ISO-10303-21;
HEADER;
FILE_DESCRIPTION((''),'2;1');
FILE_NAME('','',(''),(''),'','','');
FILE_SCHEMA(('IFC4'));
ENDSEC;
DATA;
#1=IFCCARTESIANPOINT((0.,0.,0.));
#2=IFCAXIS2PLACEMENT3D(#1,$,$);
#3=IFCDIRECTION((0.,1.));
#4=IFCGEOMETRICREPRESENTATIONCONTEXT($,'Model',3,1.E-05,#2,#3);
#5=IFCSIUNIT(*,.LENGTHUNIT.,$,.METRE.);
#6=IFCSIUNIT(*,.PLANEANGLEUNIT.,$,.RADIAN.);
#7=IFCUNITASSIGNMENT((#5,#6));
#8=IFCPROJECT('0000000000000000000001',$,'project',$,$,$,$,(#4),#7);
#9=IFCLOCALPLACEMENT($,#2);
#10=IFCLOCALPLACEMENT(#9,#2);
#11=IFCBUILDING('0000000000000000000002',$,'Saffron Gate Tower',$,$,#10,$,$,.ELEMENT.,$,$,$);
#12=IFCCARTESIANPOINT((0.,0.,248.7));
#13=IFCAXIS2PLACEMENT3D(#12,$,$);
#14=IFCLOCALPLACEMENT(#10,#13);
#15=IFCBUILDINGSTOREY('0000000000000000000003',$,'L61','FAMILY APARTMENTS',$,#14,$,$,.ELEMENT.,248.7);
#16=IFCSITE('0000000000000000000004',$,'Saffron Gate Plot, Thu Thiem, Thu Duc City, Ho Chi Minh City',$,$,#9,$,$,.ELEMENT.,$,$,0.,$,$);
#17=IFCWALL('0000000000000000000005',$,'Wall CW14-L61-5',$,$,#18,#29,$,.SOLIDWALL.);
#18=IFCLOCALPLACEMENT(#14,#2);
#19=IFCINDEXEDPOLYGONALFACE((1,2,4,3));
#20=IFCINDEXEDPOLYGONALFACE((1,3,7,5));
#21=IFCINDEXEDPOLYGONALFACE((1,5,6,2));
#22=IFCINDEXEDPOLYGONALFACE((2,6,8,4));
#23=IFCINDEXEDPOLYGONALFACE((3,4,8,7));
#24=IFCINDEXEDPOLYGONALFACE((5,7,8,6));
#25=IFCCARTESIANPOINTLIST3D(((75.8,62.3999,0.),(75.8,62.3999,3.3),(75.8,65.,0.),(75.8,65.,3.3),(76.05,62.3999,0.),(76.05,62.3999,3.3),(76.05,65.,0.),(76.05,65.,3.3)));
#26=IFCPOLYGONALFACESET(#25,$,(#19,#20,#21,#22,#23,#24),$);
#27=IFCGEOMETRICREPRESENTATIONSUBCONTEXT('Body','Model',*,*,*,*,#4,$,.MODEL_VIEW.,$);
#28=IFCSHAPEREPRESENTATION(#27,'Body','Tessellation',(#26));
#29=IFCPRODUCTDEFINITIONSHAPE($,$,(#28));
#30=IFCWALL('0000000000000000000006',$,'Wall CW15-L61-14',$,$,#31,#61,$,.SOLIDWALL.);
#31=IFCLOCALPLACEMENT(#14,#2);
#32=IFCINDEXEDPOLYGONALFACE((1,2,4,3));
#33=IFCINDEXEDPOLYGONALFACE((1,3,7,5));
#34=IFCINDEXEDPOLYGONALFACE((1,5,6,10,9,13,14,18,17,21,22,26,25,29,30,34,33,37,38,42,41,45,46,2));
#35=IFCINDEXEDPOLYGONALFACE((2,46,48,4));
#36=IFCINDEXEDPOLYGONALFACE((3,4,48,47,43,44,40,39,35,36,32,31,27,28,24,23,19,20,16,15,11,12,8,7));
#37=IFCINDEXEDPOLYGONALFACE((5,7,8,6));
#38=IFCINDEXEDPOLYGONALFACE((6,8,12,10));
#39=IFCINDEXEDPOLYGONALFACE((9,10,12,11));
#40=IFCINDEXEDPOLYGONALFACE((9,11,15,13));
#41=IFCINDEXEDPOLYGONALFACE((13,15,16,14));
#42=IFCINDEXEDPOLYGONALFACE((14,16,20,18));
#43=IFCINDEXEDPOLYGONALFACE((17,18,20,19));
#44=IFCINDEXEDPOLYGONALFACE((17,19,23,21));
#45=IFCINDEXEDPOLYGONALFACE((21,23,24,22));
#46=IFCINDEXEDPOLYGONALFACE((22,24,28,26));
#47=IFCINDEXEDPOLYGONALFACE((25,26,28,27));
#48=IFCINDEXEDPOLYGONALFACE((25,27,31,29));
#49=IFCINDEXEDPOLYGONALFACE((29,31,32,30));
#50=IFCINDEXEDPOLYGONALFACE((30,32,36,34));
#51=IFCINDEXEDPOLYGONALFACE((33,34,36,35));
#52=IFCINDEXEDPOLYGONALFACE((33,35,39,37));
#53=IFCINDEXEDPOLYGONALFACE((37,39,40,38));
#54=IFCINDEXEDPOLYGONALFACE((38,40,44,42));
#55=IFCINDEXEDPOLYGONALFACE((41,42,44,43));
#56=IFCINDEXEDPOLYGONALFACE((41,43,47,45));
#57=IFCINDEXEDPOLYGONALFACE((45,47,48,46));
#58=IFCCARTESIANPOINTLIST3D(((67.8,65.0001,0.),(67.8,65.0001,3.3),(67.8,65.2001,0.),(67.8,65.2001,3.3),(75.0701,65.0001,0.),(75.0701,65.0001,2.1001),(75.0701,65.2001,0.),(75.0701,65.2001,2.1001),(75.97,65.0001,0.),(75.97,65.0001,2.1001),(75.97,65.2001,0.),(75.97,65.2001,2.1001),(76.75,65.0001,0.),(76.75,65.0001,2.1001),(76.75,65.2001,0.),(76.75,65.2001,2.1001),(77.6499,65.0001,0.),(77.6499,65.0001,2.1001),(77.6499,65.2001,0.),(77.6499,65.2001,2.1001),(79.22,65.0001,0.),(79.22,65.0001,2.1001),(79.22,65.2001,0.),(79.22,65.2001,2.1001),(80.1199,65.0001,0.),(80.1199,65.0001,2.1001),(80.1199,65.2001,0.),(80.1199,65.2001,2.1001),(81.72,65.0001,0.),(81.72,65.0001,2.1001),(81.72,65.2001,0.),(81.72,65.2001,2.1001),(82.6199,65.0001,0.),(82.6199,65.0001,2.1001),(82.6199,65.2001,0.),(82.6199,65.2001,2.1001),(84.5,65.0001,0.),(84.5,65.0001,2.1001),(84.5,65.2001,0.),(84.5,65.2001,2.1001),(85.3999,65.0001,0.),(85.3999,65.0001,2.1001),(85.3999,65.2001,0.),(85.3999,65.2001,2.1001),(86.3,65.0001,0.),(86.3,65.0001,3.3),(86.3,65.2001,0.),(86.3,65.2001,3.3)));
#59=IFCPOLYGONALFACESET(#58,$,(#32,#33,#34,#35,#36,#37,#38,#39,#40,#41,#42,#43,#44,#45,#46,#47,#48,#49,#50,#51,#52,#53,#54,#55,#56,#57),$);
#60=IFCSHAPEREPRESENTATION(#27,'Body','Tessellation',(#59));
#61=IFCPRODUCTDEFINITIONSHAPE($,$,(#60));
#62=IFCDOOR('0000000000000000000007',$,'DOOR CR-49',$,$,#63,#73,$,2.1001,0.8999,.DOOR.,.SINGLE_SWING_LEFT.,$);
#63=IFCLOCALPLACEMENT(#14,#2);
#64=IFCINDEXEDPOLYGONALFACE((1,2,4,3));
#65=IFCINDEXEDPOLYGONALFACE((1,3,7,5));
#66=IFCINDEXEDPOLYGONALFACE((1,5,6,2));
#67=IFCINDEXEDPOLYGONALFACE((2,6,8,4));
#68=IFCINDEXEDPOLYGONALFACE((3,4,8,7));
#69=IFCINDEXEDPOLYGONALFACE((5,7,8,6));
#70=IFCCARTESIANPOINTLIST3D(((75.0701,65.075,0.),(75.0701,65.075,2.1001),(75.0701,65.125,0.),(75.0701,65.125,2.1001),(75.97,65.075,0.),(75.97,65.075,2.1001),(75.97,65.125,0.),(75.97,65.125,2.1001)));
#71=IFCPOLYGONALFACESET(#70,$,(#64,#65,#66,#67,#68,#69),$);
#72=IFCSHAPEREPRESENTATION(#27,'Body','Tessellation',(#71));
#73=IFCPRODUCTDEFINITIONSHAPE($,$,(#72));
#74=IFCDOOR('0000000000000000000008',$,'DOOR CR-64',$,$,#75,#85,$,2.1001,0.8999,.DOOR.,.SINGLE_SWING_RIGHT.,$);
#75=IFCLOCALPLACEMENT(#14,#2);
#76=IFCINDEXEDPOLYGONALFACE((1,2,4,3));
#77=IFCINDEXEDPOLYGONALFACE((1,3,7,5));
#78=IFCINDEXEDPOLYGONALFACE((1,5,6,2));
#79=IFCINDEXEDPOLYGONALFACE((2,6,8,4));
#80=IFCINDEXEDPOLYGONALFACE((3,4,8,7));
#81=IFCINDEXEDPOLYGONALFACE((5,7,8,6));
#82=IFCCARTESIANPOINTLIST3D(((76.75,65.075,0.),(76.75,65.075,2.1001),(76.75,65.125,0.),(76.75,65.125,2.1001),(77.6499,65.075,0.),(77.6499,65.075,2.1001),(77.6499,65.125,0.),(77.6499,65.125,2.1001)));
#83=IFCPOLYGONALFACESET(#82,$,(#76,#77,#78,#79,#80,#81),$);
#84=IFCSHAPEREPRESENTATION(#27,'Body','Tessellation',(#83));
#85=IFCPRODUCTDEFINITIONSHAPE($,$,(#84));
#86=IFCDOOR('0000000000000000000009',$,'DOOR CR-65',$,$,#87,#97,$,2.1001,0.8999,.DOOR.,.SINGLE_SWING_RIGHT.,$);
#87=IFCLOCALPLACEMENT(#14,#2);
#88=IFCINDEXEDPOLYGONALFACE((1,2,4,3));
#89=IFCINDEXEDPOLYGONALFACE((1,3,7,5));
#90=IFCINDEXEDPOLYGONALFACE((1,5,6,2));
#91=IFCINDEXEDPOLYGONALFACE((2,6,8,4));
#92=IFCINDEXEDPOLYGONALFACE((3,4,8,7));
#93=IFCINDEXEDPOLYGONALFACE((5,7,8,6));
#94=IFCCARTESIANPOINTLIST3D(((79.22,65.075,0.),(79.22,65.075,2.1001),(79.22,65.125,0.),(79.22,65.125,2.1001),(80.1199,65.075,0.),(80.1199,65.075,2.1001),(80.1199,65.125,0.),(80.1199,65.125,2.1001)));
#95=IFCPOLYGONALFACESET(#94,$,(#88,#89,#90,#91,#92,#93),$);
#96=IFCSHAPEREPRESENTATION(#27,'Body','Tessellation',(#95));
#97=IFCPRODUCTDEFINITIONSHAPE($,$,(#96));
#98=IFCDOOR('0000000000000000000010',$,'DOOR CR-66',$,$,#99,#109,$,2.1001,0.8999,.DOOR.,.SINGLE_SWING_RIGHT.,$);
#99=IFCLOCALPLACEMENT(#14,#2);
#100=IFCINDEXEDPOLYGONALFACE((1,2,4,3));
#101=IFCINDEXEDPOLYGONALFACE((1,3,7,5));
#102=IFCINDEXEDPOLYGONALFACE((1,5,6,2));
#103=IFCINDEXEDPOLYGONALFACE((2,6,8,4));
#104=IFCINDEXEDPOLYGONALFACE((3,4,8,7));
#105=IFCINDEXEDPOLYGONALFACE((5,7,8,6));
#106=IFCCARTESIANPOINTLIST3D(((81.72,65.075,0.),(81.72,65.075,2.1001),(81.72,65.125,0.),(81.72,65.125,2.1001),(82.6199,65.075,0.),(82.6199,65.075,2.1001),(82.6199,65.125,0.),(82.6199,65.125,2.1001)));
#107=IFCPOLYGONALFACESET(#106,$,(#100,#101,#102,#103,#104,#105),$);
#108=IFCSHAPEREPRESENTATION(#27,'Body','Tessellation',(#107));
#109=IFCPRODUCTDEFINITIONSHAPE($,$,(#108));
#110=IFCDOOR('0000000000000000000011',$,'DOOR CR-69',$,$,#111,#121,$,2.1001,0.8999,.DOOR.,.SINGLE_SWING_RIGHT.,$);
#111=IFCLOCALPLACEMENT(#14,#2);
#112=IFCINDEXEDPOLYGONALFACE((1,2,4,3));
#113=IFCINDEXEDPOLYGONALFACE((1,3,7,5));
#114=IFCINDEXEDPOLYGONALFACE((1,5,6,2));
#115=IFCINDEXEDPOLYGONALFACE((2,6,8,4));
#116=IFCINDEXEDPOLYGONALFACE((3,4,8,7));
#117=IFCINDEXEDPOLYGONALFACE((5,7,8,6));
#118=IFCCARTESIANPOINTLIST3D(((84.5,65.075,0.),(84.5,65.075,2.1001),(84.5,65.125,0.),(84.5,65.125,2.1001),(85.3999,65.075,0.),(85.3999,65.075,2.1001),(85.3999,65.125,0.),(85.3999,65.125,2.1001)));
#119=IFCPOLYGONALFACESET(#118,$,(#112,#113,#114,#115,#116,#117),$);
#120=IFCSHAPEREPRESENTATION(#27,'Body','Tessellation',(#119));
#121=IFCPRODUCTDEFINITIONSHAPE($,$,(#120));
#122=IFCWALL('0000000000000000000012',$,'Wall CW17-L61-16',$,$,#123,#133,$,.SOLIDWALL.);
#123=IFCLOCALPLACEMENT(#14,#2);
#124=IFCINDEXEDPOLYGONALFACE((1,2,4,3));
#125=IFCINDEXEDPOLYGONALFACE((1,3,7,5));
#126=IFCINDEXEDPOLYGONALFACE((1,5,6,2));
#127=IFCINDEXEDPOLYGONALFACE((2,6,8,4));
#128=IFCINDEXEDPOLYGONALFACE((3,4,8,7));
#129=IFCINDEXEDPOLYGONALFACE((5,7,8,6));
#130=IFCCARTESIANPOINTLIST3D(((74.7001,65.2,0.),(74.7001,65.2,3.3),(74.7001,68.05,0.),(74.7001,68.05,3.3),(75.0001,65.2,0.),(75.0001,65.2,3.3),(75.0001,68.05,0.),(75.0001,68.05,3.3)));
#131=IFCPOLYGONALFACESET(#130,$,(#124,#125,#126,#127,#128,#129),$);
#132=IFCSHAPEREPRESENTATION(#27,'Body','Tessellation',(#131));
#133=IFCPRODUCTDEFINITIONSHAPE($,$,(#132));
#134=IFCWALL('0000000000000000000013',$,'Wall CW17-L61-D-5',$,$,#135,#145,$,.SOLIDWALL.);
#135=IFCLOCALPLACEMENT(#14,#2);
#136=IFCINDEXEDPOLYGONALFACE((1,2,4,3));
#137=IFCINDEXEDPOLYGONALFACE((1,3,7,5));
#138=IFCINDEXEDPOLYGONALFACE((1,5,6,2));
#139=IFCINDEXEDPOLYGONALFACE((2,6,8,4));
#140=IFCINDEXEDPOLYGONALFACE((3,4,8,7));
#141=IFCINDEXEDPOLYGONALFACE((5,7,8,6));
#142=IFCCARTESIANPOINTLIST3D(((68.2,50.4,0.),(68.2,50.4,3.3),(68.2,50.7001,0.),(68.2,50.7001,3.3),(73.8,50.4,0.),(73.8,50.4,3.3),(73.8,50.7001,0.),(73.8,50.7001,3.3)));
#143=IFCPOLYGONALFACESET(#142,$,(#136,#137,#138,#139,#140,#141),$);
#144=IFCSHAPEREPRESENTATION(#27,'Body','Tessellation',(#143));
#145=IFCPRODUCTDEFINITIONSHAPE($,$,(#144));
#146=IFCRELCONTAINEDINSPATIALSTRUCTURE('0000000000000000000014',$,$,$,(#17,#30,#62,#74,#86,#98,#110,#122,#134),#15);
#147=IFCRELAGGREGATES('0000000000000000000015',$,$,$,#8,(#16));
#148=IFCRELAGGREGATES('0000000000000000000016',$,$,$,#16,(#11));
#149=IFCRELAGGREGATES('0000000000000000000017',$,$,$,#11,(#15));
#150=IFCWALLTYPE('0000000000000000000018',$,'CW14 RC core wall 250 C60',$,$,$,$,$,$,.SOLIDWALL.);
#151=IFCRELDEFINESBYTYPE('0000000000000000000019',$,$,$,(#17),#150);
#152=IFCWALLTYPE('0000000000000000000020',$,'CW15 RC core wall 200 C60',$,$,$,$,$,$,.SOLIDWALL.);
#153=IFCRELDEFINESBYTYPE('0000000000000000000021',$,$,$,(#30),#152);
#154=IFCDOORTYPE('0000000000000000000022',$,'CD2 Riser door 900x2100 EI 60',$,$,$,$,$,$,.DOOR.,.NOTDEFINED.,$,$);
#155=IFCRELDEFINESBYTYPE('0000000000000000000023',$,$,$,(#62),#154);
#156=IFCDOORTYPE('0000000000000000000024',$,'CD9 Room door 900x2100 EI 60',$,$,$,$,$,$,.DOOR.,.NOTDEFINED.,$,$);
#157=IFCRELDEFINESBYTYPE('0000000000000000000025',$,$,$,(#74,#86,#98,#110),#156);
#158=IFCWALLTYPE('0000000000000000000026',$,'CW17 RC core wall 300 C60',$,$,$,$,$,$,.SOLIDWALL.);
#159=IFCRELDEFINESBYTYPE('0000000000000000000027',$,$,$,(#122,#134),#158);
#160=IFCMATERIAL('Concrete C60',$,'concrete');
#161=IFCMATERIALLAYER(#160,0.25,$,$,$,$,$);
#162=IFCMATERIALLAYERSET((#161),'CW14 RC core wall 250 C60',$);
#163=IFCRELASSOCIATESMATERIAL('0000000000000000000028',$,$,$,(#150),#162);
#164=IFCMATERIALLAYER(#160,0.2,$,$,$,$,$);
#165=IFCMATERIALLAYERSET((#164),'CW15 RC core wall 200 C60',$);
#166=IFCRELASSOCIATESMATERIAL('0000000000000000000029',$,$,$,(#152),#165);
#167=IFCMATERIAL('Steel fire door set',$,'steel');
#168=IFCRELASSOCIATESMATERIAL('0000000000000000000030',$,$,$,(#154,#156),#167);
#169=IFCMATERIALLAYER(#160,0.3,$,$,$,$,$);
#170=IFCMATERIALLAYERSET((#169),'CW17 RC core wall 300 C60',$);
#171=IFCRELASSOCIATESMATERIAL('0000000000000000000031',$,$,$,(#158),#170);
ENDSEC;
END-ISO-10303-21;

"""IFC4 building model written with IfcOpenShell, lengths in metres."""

from ifc_helpers import new_model, si_unit, direction, frame, frame_2d, origin, place, context, subcontext, project, spatial, rectangle, extrude, material, layer, layer_set, type_object, element, fill, save


model = new_model("IFC4")

# Units and contexts
model_context = context("Model", 3, precision=1e-05, world=origin(), true_north=direction((0.0, 1.0)))
body_context = subcontext(model_context, "Body", "Model", "MODEL_VIEW")
ifc_project = project(units=[si_unit("LENGTHUNIT", "METRE"), si_unit("PLANEANGLEUNIT", "RADIAN")], contexts=[model_context])

# Site, building, storey
site_placement = place(None, origin())
site = spatial("IfcSite", under=ifc_project, at=site_placement, Name="Saffron Gate Plot, Thu Thiem, Thu Duc City, Ho Chi Minh City", CompositionType="ELEMENT", RefElevation=0.0)
building_placement = place(site_placement, origin())
building = spatial("IfcBuilding", under=site, at=building_placement, Name="Saffron Gate Tower", CompositionType="ELEMENT")
storey_placement = place(building_placement, frame((0.0, 0.0, 248.7)))
storey = spatial("IfcBuildingStorey", under=building, at=storey_placement, Name="L61", Description="FAMILY APARTMENTS", CompositionType="ELEMENT", Elevation=248.7)

# Wall
ifc_material_1 = material(Name="Concrete C60", Category="concrete")
ifc_layer_1 = layer(ifc_material_1, 0.25)
ifc_layer_set_1 = layer_set([ifc_layer_1], Name="CW14 RC core wall 250 C60")
wall_type_1 = type_object("IfcWallType", Name="CW14 RC core wall 250 C60", PredefinedType="SOLIDWALL", material=ifc_layer_set_1)
wall_1_placement = place(storey_placement, frame((75.925, 62.3999, 0.0), z_axis=(0.0, 0.0, 1.0), x_axis=(0.0, 1.0, 0.0)))
element("IfcWall", 1, at=wall_1_placement, inside=storey, type_object=wall_type_1, Name="Wall CW14-L61-5", PredefinedType="SOLIDWALL", context=body_context, shape_type="SweptSolid", body=[
    extrude(rectangle(XDim=2.6001, YDim=0.25, at=frame_2d((1.3, 0.0))), origin(), (0.0, 0.0, 1.0), 3.3),
])

# Wall, openings, doors
ifc_layer_2 = layer(ifc_material_1, 0.2)
ifc_layer_set_2 = layer_set([ifc_layer_2], Name="CW15 RC core wall 200 C60")
wall_type_2 = type_object("IfcWallType", Name="CW15 RC core wall 200 C60", PredefinedType="SOLIDWALL", material=ifc_layer_set_2)
wall_2_placement = place(storey_placement, frame((67.8, 65.1001, 0.0), z_axis=(0.0, 0.0, 1.0), x_axis=(1.0, 0.0, 0.0)))
wall_2 = element("IfcWall", 2, at=wall_2_placement, inside=storey, type_object=wall_type_2, Name="Wall CW15-L61-14", PredefinedType="SOLIDWALL", context=body_context, shape_type="SweptSolid", body=[
    extrude(rectangle(XDim=18.5, YDim=0.2, at=frame_2d((9.25, 0.0))), origin(), (0.0, 0.0, 1.0), 3.3),
])
opening_1_placement = place(wall_2_placement, frame((7.27, 0.0, 0.0)))
opening_1 = element("IfcOpeningElement", 3, at=opening_1_placement, cuts=wall_2, PredefinedType="OPENING", context=body_context, shape_type="SweptSolid", body=[
    extrude(rectangle(XDim=0.8999, YDim=2.1001, at=frame_2d((0.45, 1.05))), frame((0.0, 0.1099, 0.0), z_axis=(0.0, -1.0, 0.0), x_axis=(1.0, 0.0, 0.0)), (0.0, 0.0, 1.0), 0.22),
])
opening_2_placement = place(wall_2_placement, frame((8.95, 0.0, 0.0)))
opening_2 = element("IfcOpeningElement", 4, at=opening_2_placement, cuts=wall_2, PredefinedType="OPENING", context=body_context, shape_type="SweptSolid", body=[
    extrude(rectangle(XDim=0.8999, YDim=2.1001, at=frame_2d((0.45, 1.05))), frame((0.0, 0.1099, 0.0), z_axis=(0.0, -1.0, 0.0), x_axis=(1.0, 0.0, 0.0)), (0.0, 0.0, 1.0), 0.22),
])
opening_3_placement = place(wall_2_placement, frame((11.4199, 0.0, 0.0)))
opening_3 = element("IfcOpeningElement", 5, at=opening_3_placement, cuts=wall_2, PredefinedType="OPENING", context=body_context, shape_type="SweptSolid", body=[
    extrude(rectangle(XDim=0.8999, YDim=2.1001, at=frame_2d((0.45, 1.05))), frame((0.0, 0.1099, 0.0), z_axis=(0.0, -1.0, 0.0), x_axis=(1.0, 0.0, 0.0)), (0.0, 0.0, 1.0), 0.22),
])
opening_4_placement = place(wall_2_placement, frame((13.9199, 0.0, 0.0)))
opening_4 = element("IfcOpeningElement", 6, at=opening_4_placement, cuts=wall_2, PredefinedType="OPENING", context=body_context, shape_type="SweptSolid", body=[
    extrude(rectangle(XDim=0.8999, YDim=2.1001, at=frame_2d((0.45, 1.05))), frame((0.0, 0.1099, 0.0), z_axis=(0.0, -1.0, 0.0), x_axis=(1.0, 0.0, 0.0)), (0.0, 0.0, 1.0), 0.22),
])
opening_5_placement = place(wall_2_placement, frame((16.7, 0.0, 0.0)))
opening_5 = element("IfcOpeningElement", 7, at=opening_5_placement, cuts=wall_2, PredefinedType="OPENING", context=body_context, shape_type="SweptSolid", body=[
    extrude(rectangle(XDim=0.8999, YDim=2.1001, at=frame_2d((0.45, 1.05))), frame((0.0, 0.1099, 0.0), z_axis=(0.0, -1.0, 0.0), x_axis=(1.0, 0.0, 0.0)), (0.0, 0.0, 1.0), 0.22),
])
ifc_material_2 = material(Name="Steel fire door set", Category="steel")
door_type_1 = type_object("IfcDoorType", Name="CD2 Riser door 900x2100 EI 60", OperationType="NOTDEFINED", PredefinedType="DOOR", material=ifc_material_2)
door_1_placement = place(opening_1_placement, origin())
door_1 = element("IfcDoor", 8, at=door_1_placement, inside=storey, type_object=door_type_1, Name="DOOR CR-49", OperationType="SINGLE_SWING_LEFT", OverallHeight=2.1001, OverallWidth=0.8999, PredefinedType="DOOR", context=body_context, shape_type="SweptSolid", body=[
    extrude(rectangle(XDim=0.8999, YDim=2.1001, at=frame_2d((0.45, 1.05))), frame((0.0, 0.0249, 0.0), z_axis=(0.0, -1.0, 0.0), x_axis=(1.0, 0.0, 0.0)), (0.0, 0.0, 1.0), 0.05),
])
fill(opening_1, door_1)
door_type_2 = type_object("IfcDoorType", Name="CD9 Room door 900x2100 EI 60", OperationType="NOTDEFINED", PredefinedType="DOOR", material=ifc_material_2)
door_2_placement = place(opening_2_placement, origin())
door_2 = element("IfcDoor", 9, at=door_2_placement, inside=storey, type_object=door_type_2, Name="DOOR CR-64", OperationType="SINGLE_SWING_RIGHT", OverallHeight=2.1001, OverallWidth=0.8999, PredefinedType="DOOR", context=body_context, shape_type="SweptSolid", body=[
    extrude(rectangle(XDim=0.8999, YDim=2.1001, at=frame_2d((0.45, 1.05))), frame((0.0, 0.0249, 0.0), z_axis=(0.0, -1.0, 0.0), x_axis=(1.0, 0.0, 0.0)), (0.0, 0.0, 1.0), 0.05),
])
fill(opening_2, door_2)
door_3_placement = place(opening_3_placement, origin())
door_3 = element("IfcDoor", 10, at=door_3_placement, inside=storey, type_object=door_type_2, Name="DOOR CR-65", OperationType="SINGLE_SWING_RIGHT", OverallHeight=2.1001, OverallWidth=0.8999, PredefinedType="DOOR", context=body_context, shape_type="SweptSolid", body=[
    extrude(rectangle(XDim=0.8999, YDim=2.1001, at=frame_2d((0.45, 1.05))), frame((0.0, 0.0249, 0.0), z_axis=(0.0, -1.0, 0.0), x_axis=(1.0, 0.0, 0.0)), (0.0, 0.0, 1.0), 0.05),
])
fill(opening_3, door_3)
door_4_placement = place(opening_4_placement, origin())
door_4 = element("IfcDoor", 11, at=door_4_placement, inside=storey, type_object=door_type_2, Name="DOOR CR-66", OperationType="SINGLE_SWING_RIGHT", OverallHeight=2.1001, OverallWidth=0.8999, PredefinedType="DOOR", context=body_context, shape_type="SweptSolid", body=[
    extrude(rectangle(XDim=0.8999, YDim=2.1001, at=frame_2d((0.45, 1.05))), frame((0.0, 0.0249, 0.0), z_axis=(0.0, -1.0, 0.0), x_axis=(1.0, 0.0, 0.0)), (0.0, 0.0, 1.0), 0.05),
])
fill(opening_4, door_4)
door_5_placement = place(opening_5_placement, origin())
door_5 = element("IfcDoor", 12, at=door_5_placement, inside=storey, type_object=door_type_2, Name="DOOR CR-69", OperationType="SINGLE_SWING_RIGHT", OverallHeight=2.1001, OverallWidth=0.8999, PredefinedType="DOOR", context=body_context, shape_type="SweptSolid", body=[
    extrude(rectangle(XDim=0.8999, YDim=2.1001, at=frame_2d((0.45, 1.05))), frame((0.0, 0.0249, 0.0), z_axis=(0.0, -1.0, 0.0), x_axis=(1.0, 0.0, 0.0)), (0.0, 0.0, 1.0), 0.05),
])
fill(opening_5, door_5)

# Walls
ifc_layer_3 = layer(ifc_material_1, 0.3)
ifc_layer_set_3 = layer_set([ifc_layer_3], Name="CW17 RC core wall 300 C60")
wall_type_3 = type_object("IfcWallType", Name="CW17 RC core wall 300 C60", PredefinedType="SOLIDWALL", material=ifc_layer_set_3)
wall_3_placement = place(storey_placement, frame((74.8501, 65.2, 0.0), z_axis=(0.0, 0.0, 1.0), x_axis=(0.0, 1.0, 0.0)))
element("IfcWall", 13, at=wall_3_placement, inside=storey, type_object=wall_type_3, Name="Wall CW17-L61-16", PredefinedType="SOLIDWALL", context=body_context, shape_type="SweptSolid", body=[
    extrude(rectangle(XDim=2.8501, YDim=0.3, at=frame_2d((1.425, 0.0))), origin(), (0.0, 0.0, 1.0), 3.3),
])
wall_4_placement = place(storey_placement, frame((68.2, 50.55, 0.0), z_axis=(0.0, 0.0, 1.0), x_axis=(1.0, 0.0, 0.0)))
element("IfcWall", 14, at=wall_4_placement, inside=storey, type_object=wall_type_3, Name="Wall CW17-L61-D-5", PredefinedType="SOLIDWALL", context=body_context, shape_type="SweptSolid", body=[
    extrude(rectangle(XDim=5.6001, YDim=0.3, at=frame_2d((2.8, 0.0))), origin(), (0.0, 0.0, 1.0), 3.3),
])

save(model, "model.ifc")
